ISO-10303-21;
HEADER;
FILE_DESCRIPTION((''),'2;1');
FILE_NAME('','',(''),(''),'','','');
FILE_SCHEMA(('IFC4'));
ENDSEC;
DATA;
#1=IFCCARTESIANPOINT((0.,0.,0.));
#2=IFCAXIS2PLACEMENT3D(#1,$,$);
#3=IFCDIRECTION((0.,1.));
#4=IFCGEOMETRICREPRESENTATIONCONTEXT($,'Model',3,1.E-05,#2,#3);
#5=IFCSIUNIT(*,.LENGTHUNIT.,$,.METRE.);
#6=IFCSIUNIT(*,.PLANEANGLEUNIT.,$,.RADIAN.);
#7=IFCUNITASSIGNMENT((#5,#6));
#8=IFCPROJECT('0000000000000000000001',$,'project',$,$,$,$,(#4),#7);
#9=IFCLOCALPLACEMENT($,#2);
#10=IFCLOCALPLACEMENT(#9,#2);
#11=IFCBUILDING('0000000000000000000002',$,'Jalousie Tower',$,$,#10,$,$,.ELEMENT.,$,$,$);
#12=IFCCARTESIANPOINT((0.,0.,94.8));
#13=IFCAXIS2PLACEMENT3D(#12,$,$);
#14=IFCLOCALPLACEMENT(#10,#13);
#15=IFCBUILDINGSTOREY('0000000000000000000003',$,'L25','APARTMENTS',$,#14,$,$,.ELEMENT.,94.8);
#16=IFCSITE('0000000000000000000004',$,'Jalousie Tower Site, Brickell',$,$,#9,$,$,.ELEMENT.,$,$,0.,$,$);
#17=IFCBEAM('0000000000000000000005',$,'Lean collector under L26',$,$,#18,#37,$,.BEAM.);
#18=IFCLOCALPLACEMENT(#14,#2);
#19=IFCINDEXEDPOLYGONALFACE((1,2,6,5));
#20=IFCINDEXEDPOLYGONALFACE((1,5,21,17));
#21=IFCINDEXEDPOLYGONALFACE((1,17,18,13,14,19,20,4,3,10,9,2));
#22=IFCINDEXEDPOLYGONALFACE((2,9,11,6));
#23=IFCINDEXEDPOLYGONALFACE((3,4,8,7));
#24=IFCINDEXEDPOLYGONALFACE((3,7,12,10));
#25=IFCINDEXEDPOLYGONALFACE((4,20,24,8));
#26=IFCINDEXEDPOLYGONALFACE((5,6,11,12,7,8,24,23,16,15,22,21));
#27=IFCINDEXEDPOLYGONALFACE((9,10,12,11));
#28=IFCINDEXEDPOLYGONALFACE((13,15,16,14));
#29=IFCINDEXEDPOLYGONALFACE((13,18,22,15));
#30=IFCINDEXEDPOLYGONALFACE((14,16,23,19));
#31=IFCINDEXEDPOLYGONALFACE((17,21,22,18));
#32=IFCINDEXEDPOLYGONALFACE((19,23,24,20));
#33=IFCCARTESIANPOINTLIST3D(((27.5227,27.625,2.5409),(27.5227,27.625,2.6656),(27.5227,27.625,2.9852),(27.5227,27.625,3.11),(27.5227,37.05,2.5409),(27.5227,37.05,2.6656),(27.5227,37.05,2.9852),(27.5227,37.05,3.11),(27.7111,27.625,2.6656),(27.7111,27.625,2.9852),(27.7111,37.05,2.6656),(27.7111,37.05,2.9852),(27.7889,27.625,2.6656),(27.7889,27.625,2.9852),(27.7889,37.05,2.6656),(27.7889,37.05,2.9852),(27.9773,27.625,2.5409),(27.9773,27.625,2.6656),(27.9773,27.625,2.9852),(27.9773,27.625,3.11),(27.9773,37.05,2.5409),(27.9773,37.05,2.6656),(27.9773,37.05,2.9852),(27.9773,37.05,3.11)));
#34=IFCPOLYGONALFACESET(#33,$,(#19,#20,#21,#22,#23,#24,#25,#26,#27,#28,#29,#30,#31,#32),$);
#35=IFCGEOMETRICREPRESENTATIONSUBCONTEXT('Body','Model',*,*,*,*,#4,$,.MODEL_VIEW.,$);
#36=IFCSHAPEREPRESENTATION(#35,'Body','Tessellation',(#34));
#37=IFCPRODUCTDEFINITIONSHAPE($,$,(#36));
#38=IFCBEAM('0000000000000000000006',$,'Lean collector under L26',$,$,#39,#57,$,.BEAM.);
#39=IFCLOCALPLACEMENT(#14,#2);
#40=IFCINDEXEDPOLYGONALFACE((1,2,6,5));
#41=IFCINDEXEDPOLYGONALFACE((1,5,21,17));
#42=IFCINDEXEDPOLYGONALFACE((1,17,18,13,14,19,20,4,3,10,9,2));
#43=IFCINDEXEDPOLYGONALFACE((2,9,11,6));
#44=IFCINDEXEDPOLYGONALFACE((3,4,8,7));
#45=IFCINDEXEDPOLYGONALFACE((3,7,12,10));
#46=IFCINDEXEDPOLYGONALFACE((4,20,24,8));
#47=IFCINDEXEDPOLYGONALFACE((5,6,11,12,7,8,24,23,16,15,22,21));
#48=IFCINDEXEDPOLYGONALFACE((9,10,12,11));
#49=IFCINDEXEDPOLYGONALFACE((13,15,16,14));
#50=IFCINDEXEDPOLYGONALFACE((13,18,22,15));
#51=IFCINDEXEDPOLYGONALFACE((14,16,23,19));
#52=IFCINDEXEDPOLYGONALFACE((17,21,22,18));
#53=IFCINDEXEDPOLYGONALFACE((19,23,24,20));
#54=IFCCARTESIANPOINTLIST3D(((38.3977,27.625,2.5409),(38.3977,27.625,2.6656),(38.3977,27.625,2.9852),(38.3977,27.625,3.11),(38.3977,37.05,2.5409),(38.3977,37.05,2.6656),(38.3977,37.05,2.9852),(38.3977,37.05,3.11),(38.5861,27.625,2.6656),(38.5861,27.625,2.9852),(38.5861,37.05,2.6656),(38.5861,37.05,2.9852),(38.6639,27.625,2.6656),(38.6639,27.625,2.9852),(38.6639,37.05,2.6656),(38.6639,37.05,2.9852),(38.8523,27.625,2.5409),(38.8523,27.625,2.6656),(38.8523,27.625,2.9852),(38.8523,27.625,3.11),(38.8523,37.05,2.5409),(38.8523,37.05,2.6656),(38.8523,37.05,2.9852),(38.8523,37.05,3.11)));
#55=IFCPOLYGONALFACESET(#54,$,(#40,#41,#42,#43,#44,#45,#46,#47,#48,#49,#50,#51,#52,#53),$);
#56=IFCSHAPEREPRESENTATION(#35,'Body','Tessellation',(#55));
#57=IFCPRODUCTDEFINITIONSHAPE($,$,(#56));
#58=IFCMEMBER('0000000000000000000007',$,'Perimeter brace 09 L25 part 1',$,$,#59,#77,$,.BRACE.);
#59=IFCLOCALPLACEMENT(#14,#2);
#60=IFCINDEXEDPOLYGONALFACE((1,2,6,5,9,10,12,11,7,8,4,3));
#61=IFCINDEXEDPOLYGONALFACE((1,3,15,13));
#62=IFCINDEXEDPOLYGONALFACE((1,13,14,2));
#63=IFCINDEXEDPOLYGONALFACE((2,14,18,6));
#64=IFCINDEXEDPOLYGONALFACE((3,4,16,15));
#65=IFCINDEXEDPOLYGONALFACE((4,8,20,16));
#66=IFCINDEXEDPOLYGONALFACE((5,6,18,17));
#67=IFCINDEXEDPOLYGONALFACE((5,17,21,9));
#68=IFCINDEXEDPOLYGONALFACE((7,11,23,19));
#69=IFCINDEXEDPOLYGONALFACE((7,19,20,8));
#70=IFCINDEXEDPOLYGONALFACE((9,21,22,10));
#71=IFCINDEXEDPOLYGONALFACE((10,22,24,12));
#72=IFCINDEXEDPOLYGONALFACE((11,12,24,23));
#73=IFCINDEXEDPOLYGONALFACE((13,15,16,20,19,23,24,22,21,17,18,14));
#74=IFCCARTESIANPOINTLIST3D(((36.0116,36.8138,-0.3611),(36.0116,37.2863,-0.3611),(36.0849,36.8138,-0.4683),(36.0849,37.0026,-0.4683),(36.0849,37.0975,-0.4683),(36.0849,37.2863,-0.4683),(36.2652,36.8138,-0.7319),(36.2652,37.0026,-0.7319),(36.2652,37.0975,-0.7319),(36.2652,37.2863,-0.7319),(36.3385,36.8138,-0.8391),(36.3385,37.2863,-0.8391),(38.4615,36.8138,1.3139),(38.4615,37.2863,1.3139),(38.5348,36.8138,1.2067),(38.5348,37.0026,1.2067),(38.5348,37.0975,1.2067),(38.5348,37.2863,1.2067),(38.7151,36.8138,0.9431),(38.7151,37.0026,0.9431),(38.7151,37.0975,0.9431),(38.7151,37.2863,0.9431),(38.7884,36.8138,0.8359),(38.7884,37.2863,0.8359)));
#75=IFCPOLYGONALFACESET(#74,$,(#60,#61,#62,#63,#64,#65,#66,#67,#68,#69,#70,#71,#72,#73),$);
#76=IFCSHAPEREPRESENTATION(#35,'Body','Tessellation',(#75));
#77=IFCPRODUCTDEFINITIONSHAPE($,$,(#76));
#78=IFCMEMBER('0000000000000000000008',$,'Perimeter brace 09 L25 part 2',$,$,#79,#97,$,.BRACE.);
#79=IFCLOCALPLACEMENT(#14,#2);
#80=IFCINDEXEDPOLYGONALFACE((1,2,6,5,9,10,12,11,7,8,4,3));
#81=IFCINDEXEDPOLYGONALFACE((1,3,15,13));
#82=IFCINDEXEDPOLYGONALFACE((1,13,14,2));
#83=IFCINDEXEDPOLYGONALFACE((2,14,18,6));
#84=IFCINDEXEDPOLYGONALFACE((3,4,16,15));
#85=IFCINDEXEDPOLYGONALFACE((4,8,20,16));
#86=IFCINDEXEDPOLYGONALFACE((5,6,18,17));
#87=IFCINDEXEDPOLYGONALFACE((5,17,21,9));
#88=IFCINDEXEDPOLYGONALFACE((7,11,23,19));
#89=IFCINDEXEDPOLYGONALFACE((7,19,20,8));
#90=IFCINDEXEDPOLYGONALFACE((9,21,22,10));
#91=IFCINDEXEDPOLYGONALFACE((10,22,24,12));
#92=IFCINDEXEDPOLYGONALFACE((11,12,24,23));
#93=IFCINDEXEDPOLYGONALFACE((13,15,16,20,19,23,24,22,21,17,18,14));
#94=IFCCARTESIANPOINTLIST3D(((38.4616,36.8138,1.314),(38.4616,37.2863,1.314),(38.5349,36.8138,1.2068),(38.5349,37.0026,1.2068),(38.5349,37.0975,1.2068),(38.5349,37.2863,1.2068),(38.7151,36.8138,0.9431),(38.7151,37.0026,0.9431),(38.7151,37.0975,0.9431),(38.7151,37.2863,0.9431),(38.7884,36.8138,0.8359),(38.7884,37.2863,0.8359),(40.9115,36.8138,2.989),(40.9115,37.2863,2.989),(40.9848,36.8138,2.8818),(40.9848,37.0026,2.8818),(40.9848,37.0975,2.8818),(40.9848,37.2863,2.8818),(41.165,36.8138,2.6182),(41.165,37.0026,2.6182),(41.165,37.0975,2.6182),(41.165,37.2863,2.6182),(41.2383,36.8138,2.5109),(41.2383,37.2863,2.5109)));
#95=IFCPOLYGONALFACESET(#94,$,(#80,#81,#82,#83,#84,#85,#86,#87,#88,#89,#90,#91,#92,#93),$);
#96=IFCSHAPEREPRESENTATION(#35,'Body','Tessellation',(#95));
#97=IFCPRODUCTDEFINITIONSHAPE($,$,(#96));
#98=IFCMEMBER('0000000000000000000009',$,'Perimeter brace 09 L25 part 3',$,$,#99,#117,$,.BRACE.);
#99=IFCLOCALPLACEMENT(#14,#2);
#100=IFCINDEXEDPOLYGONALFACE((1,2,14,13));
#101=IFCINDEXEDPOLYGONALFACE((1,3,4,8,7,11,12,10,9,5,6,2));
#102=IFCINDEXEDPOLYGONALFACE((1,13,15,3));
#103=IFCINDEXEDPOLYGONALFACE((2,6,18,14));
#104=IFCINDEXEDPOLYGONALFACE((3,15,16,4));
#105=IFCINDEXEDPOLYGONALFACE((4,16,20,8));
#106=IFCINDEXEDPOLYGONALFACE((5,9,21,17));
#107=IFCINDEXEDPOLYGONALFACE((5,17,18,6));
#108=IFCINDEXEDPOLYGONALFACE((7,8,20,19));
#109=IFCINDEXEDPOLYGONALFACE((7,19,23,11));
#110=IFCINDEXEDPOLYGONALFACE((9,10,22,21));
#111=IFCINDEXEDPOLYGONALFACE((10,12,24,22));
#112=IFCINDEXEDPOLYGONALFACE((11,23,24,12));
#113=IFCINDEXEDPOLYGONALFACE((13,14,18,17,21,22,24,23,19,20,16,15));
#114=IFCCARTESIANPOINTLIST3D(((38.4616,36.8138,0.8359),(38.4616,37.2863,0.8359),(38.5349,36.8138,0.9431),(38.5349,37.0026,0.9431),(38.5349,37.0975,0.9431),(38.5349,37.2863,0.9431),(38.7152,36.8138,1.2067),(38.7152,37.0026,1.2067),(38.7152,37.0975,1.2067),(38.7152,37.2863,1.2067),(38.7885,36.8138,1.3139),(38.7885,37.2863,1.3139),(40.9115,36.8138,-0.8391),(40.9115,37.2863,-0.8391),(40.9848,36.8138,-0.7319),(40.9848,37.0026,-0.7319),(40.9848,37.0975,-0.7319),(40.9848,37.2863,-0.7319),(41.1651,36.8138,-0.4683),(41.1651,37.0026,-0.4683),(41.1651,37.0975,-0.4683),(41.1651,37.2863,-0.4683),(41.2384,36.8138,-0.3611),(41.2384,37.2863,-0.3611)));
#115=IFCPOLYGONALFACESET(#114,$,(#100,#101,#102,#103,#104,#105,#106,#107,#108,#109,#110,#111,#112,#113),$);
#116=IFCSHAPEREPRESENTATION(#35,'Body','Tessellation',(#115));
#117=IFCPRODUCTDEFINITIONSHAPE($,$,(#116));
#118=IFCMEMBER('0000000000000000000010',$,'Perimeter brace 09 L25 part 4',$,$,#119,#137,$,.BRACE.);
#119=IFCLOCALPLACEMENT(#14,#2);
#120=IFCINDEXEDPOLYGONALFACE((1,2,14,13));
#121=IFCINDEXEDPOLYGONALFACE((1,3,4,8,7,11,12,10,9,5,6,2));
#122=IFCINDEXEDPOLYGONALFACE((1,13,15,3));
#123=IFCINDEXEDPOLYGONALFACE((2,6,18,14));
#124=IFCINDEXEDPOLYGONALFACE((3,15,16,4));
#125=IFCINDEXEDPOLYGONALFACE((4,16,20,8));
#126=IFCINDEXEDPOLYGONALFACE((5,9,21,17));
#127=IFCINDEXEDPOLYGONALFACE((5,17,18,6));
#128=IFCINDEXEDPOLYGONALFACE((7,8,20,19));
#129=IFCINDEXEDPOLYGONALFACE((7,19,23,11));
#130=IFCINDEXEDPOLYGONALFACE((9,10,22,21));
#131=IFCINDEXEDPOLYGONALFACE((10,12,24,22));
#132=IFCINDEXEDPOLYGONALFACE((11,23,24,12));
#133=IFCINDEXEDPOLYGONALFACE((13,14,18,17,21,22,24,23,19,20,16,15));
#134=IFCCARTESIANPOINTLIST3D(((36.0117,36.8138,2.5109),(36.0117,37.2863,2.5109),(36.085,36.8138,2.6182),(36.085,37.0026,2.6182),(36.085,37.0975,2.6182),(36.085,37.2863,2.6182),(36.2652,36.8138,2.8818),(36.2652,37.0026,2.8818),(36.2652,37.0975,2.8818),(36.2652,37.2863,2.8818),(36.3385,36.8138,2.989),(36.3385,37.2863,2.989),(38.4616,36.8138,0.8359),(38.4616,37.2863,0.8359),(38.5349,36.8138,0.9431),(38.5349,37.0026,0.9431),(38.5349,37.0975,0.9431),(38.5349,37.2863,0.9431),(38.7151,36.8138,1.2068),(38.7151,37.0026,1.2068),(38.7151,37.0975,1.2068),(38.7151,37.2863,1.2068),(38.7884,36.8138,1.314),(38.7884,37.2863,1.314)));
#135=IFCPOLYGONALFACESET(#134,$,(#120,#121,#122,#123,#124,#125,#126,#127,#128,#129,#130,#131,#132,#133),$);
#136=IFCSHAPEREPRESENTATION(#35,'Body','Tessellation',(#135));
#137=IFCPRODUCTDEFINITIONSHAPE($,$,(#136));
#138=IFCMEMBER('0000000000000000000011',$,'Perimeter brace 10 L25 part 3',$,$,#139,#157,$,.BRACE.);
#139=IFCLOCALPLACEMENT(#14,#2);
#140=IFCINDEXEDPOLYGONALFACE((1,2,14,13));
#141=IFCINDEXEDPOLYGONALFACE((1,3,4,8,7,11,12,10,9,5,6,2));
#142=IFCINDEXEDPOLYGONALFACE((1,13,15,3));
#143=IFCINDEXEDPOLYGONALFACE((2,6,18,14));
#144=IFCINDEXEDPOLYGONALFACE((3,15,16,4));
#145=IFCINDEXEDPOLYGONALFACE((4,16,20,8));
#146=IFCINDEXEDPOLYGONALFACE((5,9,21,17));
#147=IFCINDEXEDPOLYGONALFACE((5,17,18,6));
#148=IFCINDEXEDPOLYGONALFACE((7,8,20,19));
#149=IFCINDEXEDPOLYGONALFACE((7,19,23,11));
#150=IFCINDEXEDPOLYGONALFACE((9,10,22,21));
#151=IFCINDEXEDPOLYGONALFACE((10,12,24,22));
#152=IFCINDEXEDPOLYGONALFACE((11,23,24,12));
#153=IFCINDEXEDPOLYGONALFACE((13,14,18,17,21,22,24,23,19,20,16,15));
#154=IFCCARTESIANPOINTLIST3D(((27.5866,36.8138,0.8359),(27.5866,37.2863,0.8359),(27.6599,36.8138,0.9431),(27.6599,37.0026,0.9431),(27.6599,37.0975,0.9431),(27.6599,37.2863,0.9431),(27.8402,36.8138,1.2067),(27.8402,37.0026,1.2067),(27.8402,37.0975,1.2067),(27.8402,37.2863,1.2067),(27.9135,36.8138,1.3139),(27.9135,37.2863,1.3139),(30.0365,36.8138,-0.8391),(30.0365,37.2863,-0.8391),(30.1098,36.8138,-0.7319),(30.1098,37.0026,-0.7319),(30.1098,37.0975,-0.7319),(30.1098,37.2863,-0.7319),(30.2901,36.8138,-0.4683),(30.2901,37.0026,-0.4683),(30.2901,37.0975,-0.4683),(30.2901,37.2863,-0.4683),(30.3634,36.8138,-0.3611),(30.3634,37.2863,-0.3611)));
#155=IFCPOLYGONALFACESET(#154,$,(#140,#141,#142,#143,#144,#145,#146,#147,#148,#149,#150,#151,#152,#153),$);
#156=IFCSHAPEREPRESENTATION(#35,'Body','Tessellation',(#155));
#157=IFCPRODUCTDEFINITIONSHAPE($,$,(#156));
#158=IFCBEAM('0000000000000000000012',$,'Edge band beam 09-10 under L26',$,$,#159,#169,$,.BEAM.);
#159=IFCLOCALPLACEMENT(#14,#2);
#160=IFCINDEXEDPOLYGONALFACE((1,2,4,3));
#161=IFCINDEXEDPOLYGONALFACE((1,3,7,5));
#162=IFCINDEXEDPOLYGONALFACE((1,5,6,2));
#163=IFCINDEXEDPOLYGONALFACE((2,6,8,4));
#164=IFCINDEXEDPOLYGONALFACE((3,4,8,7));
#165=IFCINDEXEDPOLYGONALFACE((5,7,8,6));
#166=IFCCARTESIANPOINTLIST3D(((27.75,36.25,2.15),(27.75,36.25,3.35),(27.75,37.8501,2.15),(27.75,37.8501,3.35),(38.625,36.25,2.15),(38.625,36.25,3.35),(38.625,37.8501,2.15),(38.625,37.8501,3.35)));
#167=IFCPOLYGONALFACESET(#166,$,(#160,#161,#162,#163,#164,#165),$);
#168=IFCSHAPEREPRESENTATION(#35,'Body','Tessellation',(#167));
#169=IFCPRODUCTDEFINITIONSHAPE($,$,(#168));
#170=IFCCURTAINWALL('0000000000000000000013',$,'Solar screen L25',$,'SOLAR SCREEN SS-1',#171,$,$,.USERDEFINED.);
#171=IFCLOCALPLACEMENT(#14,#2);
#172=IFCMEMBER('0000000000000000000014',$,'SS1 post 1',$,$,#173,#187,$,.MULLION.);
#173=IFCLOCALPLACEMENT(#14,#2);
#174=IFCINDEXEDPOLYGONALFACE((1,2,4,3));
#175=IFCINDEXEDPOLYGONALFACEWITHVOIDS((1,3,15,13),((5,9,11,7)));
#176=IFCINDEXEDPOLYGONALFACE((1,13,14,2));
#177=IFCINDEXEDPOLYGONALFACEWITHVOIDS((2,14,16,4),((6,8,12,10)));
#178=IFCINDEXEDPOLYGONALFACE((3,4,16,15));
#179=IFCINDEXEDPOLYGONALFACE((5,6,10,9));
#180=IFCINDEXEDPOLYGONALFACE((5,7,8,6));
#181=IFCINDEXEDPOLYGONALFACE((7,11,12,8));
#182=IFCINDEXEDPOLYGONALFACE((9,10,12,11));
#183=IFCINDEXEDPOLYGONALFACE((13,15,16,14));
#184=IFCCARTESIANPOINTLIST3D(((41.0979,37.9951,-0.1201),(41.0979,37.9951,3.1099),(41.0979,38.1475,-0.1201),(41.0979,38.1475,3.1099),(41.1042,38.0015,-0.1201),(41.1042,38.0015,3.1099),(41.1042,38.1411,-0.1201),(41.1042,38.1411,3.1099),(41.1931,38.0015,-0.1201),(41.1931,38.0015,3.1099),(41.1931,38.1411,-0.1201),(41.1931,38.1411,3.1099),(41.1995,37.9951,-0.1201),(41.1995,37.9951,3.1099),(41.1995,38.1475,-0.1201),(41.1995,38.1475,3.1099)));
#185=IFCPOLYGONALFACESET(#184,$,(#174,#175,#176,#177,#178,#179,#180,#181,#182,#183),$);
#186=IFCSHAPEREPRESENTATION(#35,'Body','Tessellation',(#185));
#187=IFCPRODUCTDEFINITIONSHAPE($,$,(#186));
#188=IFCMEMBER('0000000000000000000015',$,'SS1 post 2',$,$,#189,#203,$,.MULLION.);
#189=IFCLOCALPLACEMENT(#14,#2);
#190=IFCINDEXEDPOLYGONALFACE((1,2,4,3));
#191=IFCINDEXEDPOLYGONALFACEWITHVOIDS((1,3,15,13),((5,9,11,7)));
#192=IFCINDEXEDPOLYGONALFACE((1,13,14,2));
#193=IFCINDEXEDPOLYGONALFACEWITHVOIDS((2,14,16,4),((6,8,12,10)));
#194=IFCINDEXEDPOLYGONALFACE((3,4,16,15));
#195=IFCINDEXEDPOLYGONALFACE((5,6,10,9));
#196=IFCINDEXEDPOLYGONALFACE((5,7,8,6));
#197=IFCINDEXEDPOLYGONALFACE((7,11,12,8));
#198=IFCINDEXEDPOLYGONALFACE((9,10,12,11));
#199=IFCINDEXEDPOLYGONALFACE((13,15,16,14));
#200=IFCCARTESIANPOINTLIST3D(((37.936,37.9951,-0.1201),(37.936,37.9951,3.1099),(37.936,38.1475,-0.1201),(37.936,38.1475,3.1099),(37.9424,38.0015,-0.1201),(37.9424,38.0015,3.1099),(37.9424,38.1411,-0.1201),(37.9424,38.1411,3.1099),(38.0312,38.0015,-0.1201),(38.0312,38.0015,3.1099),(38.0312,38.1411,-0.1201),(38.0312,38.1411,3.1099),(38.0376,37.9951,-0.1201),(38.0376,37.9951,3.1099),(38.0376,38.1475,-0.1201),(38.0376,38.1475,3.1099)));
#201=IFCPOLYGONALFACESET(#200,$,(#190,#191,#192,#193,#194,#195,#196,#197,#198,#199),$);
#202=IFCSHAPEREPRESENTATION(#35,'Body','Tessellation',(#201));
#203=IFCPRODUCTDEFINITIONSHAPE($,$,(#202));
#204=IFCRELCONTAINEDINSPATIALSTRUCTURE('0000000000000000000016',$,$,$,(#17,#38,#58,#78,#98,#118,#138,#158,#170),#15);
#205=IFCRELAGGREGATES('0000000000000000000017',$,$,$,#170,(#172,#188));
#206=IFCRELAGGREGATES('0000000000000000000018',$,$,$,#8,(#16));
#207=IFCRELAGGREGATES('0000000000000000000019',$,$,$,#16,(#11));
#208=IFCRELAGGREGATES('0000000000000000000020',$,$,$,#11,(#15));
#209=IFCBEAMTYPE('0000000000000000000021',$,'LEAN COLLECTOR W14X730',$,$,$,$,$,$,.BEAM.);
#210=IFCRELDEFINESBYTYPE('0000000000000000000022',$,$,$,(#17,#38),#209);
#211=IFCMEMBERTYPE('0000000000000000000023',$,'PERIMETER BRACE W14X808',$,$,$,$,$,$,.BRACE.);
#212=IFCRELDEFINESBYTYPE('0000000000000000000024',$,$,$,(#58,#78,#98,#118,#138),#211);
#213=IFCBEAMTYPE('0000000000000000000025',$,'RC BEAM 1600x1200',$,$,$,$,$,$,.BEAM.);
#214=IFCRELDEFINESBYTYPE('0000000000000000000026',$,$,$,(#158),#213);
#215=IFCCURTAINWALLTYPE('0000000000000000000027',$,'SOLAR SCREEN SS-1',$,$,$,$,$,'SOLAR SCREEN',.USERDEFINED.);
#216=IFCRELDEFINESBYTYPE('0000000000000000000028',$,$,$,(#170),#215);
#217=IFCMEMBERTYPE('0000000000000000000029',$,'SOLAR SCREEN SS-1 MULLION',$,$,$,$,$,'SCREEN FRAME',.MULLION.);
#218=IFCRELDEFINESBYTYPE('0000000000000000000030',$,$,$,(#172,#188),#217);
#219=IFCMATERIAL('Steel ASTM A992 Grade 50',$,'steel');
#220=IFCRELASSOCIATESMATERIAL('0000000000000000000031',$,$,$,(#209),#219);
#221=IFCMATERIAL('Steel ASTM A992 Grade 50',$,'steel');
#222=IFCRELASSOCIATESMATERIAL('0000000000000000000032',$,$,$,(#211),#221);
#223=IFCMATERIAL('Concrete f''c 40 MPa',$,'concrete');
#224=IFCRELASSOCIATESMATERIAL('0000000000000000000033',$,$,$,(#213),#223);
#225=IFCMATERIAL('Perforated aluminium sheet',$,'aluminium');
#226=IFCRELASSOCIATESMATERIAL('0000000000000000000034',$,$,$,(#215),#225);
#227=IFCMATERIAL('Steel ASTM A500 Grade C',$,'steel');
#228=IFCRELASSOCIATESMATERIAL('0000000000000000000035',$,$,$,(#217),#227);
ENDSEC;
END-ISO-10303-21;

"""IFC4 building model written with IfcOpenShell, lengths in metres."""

from ifc_helpers import new_model, si_unit, direction, frame, origin, origin_2d, place, context, subcontext, project, spatial, rectangle, hollow_rectangle, i_section, extrude, material, material_profile, profile_set, type_object, element, aggregate, save


model = new_model("IFC4")

# Units and contexts
model_context = context("Model", 3, precision=1e-05, world=origin(), true_north=direction((0.0, 1.0)))
body_context = subcontext(model_context, "Body", "Model", "MODEL_VIEW")
ifc_project = project(units=[si_unit("LENGTHUNIT", "METRE"), si_unit("PLANEANGLEUNIT", "RADIAN")], contexts=[model_context])

# Site, building, storey
site_placement = place(None, origin())
site = spatial("IfcSite", under=ifc_project, at=site_placement, Name="Jalousie Tower Site, Brickell", CompositionType="ELEMENT", RefElevation=0.0)
building_placement = place(site_placement, origin())
building = spatial("IfcBuilding", under=site, at=building_placement, Name="Jalousie Tower", CompositionType="ELEMENT")
storey_placement = place(building_placement, frame((0.0, 0.0, 94.8)))
storey = spatial("IfcBuildingStorey", under=building, at=storey_placement, Name="L25", Description="APARTMENTS", CompositionType="ELEMENT", Elevation=94.8)

# Beams
ifc_material_1 = material(Name="Steel ASTM A992 Grade 50", Category="steel")
ifc_material_profile_1 = material_profile(ifc_material_1, i_section(OverallWidth=0.4546, OverallDepth=0.5691, WebThickness=0.0779, FlangeThickness=0.1248, at=origin_2d()), Name="W14X730")
ifc_profile_set_1 = profile_set([ifc_material_profile_1], Name="Steel ASTM A992 Grade 50")
beam_type_1 = type_object("IfcBeamType", Name="LEAN COLLECTOR W14X730", PredefinedType="BEAM", material=ifc_profile_set_1)
for number, where, z_axis, x_axis, name in (
    (1, (27.75, 37.05, 2.8254), (0.0, -1.0, 0.0), (1.0, 0.0, 0.0), "Lean collector under L26"),
    (2, (38.625, 37.05, 2.8254), (0.0, -1.0, 0.0), (1.0, 0.0, 0.0), "Lean collector under L26"),
):
    element("IfcBeam", number, at=place(storey_placement, frame(where, z_axis=z_axis, x_axis=x_axis)), inside=storey, type_object=beam_type_1, Name=name, PredefinedType="BEAM", context=body_context, shape_type="SweptSolid", body=[
        extrude(i_section(OverallWidth=0.4546, OverallDepth=0.5691, WebThickness=0.0779, FlangeThickness=0.1248, at=origin_2d()), origin(), (0.0, 0.0, 1.0), 9.425),
    ])

# Members
ifc_material_2 = material(Name="Steel ASTM A992 Grade 50", Category="steel")
ifc_material_profile_2 = material_profile(ifc_material_2, i_section(OverallWidth=0.4724, OverallDepth=0.5791, WebThickness=0.095, FlangeThickness=0.1299, at=origin_2d()), Name="W14X808")
ifc_profile_set_2 = profile_set([ifc_material_profile_2], Name="Steel ASTM A992 Grade 50")
member_type_1 = type_object("IfcMemberType", Name="PERIMETER BRACE W14X808", PredefinedType="BRACE", material=ifc_profile_set_2)
for number, where, z_axis, x_axis, name in (
    (3, (36.175, 37.05, -0.6001), (0.825501, 0.0, 0.564401), (0.0, 1.0, 0.0), "Perimeter brace 09 L25 part 1"),
    (4, (38.625, 37.05, 1.075), (0.825501, 0.0, 0.564401), (0.0, 1.0, 0.0), "Perimeter brace 09 L25 part 2"),
    (5, (41.075, 37.05, -0.6001), (-0.825501, 0.0, 0.564401), (0.0, -1.0, 0.0), "Perimeter brace 09 L25 part 3"),
    (6, (38.625, 37.05, 1.075), (-0.825501, 0.0, 0.564401), (0.0, -1.0, 0.0), "Perimeter brace 09 L25 part 4"),
    (7, (30.2, 37.05, -0.6001), (-0.825501, 0.0, 0.564401), (0.0, -1.0, 0.0), "Perimeter brace 10 L25 part 3"),
):
    element("IfcMember", number, at=place(storey_placement, frame(where, z_axis=z_axis, x_axis=x_axis)), inside=storey, type_object=member_type_1, Name=name, PredefinedType="BRACE", context=body_context, shape_type="SweptSolid", body=[
        extrude(i_section(OverallWidth=0.4724, OverallDepth=0.5791, WebThickness=0.095, FlangeThickness=0.1299, at=origin_2d()), origin(), (0.0, 0.0, 1.0), 2.9678),
    ])

# Beam
ifc_material_3 = material(Name="Concrete f'c 40 MPa", Category="concrete")
ifc_material_profile_3 = material_profile(ifc_material_3, rectangle(XDim=1.6001, YDim=1.2, at=origin_2d()), Name="RC 1600x1200")
ifc_profile_set_3 = profile_set([ifc_material_profile_3], Name="Concrete f'c 40 MPa")
beam_type_2 = type_object("IfcBeamType", Name="RC BEAM 1600x1200", PredefinedType="BEAM", material=ifc_profile_set_3)
beam_placement = place(storey_placement, frame((38.625, 37.05, 2.75), z_axis=(-1.0, 0.0, 0.0), x_axis=(0.0, -1.0, 0.0)))
element("IfcBeam", 8, at=beam_placement, inside=storey, type_object=beam_type_2, Name="Edge band beam 09-10 under L26", PredefinedType="BEAM", context=body_context, shape_type="SweptSolid", body=[
    extrude(rectangle(XDim=1.6001, YDim=1.2, at=origin_2d()), origin(), (0.0, 0.0, 1.0), 10.875),
])

# Curtain wall, members
ifc_material_4 = material(Name="Perforated aluminium sheet", Category="aluminium")
curtain_wall_type = type_object("IfcCurtainWallType", Name="SOLAR SCREEN SS-1", ElementType="SOLAR SCREEN", PredefinedType="USERDEFINED", material=ifc_material_4)
curtain_wall_1_placement = place(storey_placement, origin())
curtain_wall_1 = element("IfcCurtainWall", 9, at=curtain_wall_1_placement, inside=storey, type_object=curtain_wall_type, Name="Solar screen L25", ObjectType="SOLAR SCREEN SS-1", PredefinedType="USERDEFINED")
ifc_material_5 = material(Name="Steel ASTM A500 Grade C", Category="steel")
ifc_material_profile_4 = material_profile(ifc_material_5, hollow_rectangle(XDim=0.1016, YDim=0.1523, WallThickness=0.0063, at=origin_2d()), Name="HSS6X4X1/4")
ifc_profile_set_4 = profile_set([ifc_material_profile_4], Name="Steel ASTM A500 Grade C")
member_type_2 = type_object("IfcMemberType", Name="SOLAR SCREEN SS-1 MULLION", ElementType="SCREEN FRAME", PredefinedType="MULLION", material=ifc_profile_set_4)
member_1_placement = place(storey_placement, frame((41.1487, 38.0713, -0.1201), z_axis=(0.0, 0.0, 1.0), x_axis=(-1.0, 0.0, 0.0)))
member_1 = element("IfcMember", 10, at=member_1_placement, type_object=member_type_2, Name="SS1 post 1", PredefinedType="MULLION", context=body_context, shape_type="SweptSolid", body=[
    extrude(hollow_rectangle(XDim=0.1016, YDim=0.1523, WallThickness=0.0063, at=origin_2d()), origin(), (0.0, 0.0, 1.0), 3.23),
])
member_2_placement = place(storey_placement, frame((37.9868, 38.0713, -0.1201), z_axis=(0.0, 0.0, 1.0), x_axis=(-1.0, 0.0, 0.0)))
member_2 = element("IfcMember", 11, at=member_2_placement, type_object=member_type_2, Name="SS1 post 2", PredefinedType="MULLION", context=body_context, shape_type="SweptSolid", body=[
    extrude(hollow_rectangle(XDim=0.1016, YDim=0.1523, WallThickness=0.0063, at=origin_2d()), origin(), (0.0, 0.0, 1.0), 3.23),
])

aggregate(curtain_wall_1, [member_1, member_2])

save(model, "model.ifc")
